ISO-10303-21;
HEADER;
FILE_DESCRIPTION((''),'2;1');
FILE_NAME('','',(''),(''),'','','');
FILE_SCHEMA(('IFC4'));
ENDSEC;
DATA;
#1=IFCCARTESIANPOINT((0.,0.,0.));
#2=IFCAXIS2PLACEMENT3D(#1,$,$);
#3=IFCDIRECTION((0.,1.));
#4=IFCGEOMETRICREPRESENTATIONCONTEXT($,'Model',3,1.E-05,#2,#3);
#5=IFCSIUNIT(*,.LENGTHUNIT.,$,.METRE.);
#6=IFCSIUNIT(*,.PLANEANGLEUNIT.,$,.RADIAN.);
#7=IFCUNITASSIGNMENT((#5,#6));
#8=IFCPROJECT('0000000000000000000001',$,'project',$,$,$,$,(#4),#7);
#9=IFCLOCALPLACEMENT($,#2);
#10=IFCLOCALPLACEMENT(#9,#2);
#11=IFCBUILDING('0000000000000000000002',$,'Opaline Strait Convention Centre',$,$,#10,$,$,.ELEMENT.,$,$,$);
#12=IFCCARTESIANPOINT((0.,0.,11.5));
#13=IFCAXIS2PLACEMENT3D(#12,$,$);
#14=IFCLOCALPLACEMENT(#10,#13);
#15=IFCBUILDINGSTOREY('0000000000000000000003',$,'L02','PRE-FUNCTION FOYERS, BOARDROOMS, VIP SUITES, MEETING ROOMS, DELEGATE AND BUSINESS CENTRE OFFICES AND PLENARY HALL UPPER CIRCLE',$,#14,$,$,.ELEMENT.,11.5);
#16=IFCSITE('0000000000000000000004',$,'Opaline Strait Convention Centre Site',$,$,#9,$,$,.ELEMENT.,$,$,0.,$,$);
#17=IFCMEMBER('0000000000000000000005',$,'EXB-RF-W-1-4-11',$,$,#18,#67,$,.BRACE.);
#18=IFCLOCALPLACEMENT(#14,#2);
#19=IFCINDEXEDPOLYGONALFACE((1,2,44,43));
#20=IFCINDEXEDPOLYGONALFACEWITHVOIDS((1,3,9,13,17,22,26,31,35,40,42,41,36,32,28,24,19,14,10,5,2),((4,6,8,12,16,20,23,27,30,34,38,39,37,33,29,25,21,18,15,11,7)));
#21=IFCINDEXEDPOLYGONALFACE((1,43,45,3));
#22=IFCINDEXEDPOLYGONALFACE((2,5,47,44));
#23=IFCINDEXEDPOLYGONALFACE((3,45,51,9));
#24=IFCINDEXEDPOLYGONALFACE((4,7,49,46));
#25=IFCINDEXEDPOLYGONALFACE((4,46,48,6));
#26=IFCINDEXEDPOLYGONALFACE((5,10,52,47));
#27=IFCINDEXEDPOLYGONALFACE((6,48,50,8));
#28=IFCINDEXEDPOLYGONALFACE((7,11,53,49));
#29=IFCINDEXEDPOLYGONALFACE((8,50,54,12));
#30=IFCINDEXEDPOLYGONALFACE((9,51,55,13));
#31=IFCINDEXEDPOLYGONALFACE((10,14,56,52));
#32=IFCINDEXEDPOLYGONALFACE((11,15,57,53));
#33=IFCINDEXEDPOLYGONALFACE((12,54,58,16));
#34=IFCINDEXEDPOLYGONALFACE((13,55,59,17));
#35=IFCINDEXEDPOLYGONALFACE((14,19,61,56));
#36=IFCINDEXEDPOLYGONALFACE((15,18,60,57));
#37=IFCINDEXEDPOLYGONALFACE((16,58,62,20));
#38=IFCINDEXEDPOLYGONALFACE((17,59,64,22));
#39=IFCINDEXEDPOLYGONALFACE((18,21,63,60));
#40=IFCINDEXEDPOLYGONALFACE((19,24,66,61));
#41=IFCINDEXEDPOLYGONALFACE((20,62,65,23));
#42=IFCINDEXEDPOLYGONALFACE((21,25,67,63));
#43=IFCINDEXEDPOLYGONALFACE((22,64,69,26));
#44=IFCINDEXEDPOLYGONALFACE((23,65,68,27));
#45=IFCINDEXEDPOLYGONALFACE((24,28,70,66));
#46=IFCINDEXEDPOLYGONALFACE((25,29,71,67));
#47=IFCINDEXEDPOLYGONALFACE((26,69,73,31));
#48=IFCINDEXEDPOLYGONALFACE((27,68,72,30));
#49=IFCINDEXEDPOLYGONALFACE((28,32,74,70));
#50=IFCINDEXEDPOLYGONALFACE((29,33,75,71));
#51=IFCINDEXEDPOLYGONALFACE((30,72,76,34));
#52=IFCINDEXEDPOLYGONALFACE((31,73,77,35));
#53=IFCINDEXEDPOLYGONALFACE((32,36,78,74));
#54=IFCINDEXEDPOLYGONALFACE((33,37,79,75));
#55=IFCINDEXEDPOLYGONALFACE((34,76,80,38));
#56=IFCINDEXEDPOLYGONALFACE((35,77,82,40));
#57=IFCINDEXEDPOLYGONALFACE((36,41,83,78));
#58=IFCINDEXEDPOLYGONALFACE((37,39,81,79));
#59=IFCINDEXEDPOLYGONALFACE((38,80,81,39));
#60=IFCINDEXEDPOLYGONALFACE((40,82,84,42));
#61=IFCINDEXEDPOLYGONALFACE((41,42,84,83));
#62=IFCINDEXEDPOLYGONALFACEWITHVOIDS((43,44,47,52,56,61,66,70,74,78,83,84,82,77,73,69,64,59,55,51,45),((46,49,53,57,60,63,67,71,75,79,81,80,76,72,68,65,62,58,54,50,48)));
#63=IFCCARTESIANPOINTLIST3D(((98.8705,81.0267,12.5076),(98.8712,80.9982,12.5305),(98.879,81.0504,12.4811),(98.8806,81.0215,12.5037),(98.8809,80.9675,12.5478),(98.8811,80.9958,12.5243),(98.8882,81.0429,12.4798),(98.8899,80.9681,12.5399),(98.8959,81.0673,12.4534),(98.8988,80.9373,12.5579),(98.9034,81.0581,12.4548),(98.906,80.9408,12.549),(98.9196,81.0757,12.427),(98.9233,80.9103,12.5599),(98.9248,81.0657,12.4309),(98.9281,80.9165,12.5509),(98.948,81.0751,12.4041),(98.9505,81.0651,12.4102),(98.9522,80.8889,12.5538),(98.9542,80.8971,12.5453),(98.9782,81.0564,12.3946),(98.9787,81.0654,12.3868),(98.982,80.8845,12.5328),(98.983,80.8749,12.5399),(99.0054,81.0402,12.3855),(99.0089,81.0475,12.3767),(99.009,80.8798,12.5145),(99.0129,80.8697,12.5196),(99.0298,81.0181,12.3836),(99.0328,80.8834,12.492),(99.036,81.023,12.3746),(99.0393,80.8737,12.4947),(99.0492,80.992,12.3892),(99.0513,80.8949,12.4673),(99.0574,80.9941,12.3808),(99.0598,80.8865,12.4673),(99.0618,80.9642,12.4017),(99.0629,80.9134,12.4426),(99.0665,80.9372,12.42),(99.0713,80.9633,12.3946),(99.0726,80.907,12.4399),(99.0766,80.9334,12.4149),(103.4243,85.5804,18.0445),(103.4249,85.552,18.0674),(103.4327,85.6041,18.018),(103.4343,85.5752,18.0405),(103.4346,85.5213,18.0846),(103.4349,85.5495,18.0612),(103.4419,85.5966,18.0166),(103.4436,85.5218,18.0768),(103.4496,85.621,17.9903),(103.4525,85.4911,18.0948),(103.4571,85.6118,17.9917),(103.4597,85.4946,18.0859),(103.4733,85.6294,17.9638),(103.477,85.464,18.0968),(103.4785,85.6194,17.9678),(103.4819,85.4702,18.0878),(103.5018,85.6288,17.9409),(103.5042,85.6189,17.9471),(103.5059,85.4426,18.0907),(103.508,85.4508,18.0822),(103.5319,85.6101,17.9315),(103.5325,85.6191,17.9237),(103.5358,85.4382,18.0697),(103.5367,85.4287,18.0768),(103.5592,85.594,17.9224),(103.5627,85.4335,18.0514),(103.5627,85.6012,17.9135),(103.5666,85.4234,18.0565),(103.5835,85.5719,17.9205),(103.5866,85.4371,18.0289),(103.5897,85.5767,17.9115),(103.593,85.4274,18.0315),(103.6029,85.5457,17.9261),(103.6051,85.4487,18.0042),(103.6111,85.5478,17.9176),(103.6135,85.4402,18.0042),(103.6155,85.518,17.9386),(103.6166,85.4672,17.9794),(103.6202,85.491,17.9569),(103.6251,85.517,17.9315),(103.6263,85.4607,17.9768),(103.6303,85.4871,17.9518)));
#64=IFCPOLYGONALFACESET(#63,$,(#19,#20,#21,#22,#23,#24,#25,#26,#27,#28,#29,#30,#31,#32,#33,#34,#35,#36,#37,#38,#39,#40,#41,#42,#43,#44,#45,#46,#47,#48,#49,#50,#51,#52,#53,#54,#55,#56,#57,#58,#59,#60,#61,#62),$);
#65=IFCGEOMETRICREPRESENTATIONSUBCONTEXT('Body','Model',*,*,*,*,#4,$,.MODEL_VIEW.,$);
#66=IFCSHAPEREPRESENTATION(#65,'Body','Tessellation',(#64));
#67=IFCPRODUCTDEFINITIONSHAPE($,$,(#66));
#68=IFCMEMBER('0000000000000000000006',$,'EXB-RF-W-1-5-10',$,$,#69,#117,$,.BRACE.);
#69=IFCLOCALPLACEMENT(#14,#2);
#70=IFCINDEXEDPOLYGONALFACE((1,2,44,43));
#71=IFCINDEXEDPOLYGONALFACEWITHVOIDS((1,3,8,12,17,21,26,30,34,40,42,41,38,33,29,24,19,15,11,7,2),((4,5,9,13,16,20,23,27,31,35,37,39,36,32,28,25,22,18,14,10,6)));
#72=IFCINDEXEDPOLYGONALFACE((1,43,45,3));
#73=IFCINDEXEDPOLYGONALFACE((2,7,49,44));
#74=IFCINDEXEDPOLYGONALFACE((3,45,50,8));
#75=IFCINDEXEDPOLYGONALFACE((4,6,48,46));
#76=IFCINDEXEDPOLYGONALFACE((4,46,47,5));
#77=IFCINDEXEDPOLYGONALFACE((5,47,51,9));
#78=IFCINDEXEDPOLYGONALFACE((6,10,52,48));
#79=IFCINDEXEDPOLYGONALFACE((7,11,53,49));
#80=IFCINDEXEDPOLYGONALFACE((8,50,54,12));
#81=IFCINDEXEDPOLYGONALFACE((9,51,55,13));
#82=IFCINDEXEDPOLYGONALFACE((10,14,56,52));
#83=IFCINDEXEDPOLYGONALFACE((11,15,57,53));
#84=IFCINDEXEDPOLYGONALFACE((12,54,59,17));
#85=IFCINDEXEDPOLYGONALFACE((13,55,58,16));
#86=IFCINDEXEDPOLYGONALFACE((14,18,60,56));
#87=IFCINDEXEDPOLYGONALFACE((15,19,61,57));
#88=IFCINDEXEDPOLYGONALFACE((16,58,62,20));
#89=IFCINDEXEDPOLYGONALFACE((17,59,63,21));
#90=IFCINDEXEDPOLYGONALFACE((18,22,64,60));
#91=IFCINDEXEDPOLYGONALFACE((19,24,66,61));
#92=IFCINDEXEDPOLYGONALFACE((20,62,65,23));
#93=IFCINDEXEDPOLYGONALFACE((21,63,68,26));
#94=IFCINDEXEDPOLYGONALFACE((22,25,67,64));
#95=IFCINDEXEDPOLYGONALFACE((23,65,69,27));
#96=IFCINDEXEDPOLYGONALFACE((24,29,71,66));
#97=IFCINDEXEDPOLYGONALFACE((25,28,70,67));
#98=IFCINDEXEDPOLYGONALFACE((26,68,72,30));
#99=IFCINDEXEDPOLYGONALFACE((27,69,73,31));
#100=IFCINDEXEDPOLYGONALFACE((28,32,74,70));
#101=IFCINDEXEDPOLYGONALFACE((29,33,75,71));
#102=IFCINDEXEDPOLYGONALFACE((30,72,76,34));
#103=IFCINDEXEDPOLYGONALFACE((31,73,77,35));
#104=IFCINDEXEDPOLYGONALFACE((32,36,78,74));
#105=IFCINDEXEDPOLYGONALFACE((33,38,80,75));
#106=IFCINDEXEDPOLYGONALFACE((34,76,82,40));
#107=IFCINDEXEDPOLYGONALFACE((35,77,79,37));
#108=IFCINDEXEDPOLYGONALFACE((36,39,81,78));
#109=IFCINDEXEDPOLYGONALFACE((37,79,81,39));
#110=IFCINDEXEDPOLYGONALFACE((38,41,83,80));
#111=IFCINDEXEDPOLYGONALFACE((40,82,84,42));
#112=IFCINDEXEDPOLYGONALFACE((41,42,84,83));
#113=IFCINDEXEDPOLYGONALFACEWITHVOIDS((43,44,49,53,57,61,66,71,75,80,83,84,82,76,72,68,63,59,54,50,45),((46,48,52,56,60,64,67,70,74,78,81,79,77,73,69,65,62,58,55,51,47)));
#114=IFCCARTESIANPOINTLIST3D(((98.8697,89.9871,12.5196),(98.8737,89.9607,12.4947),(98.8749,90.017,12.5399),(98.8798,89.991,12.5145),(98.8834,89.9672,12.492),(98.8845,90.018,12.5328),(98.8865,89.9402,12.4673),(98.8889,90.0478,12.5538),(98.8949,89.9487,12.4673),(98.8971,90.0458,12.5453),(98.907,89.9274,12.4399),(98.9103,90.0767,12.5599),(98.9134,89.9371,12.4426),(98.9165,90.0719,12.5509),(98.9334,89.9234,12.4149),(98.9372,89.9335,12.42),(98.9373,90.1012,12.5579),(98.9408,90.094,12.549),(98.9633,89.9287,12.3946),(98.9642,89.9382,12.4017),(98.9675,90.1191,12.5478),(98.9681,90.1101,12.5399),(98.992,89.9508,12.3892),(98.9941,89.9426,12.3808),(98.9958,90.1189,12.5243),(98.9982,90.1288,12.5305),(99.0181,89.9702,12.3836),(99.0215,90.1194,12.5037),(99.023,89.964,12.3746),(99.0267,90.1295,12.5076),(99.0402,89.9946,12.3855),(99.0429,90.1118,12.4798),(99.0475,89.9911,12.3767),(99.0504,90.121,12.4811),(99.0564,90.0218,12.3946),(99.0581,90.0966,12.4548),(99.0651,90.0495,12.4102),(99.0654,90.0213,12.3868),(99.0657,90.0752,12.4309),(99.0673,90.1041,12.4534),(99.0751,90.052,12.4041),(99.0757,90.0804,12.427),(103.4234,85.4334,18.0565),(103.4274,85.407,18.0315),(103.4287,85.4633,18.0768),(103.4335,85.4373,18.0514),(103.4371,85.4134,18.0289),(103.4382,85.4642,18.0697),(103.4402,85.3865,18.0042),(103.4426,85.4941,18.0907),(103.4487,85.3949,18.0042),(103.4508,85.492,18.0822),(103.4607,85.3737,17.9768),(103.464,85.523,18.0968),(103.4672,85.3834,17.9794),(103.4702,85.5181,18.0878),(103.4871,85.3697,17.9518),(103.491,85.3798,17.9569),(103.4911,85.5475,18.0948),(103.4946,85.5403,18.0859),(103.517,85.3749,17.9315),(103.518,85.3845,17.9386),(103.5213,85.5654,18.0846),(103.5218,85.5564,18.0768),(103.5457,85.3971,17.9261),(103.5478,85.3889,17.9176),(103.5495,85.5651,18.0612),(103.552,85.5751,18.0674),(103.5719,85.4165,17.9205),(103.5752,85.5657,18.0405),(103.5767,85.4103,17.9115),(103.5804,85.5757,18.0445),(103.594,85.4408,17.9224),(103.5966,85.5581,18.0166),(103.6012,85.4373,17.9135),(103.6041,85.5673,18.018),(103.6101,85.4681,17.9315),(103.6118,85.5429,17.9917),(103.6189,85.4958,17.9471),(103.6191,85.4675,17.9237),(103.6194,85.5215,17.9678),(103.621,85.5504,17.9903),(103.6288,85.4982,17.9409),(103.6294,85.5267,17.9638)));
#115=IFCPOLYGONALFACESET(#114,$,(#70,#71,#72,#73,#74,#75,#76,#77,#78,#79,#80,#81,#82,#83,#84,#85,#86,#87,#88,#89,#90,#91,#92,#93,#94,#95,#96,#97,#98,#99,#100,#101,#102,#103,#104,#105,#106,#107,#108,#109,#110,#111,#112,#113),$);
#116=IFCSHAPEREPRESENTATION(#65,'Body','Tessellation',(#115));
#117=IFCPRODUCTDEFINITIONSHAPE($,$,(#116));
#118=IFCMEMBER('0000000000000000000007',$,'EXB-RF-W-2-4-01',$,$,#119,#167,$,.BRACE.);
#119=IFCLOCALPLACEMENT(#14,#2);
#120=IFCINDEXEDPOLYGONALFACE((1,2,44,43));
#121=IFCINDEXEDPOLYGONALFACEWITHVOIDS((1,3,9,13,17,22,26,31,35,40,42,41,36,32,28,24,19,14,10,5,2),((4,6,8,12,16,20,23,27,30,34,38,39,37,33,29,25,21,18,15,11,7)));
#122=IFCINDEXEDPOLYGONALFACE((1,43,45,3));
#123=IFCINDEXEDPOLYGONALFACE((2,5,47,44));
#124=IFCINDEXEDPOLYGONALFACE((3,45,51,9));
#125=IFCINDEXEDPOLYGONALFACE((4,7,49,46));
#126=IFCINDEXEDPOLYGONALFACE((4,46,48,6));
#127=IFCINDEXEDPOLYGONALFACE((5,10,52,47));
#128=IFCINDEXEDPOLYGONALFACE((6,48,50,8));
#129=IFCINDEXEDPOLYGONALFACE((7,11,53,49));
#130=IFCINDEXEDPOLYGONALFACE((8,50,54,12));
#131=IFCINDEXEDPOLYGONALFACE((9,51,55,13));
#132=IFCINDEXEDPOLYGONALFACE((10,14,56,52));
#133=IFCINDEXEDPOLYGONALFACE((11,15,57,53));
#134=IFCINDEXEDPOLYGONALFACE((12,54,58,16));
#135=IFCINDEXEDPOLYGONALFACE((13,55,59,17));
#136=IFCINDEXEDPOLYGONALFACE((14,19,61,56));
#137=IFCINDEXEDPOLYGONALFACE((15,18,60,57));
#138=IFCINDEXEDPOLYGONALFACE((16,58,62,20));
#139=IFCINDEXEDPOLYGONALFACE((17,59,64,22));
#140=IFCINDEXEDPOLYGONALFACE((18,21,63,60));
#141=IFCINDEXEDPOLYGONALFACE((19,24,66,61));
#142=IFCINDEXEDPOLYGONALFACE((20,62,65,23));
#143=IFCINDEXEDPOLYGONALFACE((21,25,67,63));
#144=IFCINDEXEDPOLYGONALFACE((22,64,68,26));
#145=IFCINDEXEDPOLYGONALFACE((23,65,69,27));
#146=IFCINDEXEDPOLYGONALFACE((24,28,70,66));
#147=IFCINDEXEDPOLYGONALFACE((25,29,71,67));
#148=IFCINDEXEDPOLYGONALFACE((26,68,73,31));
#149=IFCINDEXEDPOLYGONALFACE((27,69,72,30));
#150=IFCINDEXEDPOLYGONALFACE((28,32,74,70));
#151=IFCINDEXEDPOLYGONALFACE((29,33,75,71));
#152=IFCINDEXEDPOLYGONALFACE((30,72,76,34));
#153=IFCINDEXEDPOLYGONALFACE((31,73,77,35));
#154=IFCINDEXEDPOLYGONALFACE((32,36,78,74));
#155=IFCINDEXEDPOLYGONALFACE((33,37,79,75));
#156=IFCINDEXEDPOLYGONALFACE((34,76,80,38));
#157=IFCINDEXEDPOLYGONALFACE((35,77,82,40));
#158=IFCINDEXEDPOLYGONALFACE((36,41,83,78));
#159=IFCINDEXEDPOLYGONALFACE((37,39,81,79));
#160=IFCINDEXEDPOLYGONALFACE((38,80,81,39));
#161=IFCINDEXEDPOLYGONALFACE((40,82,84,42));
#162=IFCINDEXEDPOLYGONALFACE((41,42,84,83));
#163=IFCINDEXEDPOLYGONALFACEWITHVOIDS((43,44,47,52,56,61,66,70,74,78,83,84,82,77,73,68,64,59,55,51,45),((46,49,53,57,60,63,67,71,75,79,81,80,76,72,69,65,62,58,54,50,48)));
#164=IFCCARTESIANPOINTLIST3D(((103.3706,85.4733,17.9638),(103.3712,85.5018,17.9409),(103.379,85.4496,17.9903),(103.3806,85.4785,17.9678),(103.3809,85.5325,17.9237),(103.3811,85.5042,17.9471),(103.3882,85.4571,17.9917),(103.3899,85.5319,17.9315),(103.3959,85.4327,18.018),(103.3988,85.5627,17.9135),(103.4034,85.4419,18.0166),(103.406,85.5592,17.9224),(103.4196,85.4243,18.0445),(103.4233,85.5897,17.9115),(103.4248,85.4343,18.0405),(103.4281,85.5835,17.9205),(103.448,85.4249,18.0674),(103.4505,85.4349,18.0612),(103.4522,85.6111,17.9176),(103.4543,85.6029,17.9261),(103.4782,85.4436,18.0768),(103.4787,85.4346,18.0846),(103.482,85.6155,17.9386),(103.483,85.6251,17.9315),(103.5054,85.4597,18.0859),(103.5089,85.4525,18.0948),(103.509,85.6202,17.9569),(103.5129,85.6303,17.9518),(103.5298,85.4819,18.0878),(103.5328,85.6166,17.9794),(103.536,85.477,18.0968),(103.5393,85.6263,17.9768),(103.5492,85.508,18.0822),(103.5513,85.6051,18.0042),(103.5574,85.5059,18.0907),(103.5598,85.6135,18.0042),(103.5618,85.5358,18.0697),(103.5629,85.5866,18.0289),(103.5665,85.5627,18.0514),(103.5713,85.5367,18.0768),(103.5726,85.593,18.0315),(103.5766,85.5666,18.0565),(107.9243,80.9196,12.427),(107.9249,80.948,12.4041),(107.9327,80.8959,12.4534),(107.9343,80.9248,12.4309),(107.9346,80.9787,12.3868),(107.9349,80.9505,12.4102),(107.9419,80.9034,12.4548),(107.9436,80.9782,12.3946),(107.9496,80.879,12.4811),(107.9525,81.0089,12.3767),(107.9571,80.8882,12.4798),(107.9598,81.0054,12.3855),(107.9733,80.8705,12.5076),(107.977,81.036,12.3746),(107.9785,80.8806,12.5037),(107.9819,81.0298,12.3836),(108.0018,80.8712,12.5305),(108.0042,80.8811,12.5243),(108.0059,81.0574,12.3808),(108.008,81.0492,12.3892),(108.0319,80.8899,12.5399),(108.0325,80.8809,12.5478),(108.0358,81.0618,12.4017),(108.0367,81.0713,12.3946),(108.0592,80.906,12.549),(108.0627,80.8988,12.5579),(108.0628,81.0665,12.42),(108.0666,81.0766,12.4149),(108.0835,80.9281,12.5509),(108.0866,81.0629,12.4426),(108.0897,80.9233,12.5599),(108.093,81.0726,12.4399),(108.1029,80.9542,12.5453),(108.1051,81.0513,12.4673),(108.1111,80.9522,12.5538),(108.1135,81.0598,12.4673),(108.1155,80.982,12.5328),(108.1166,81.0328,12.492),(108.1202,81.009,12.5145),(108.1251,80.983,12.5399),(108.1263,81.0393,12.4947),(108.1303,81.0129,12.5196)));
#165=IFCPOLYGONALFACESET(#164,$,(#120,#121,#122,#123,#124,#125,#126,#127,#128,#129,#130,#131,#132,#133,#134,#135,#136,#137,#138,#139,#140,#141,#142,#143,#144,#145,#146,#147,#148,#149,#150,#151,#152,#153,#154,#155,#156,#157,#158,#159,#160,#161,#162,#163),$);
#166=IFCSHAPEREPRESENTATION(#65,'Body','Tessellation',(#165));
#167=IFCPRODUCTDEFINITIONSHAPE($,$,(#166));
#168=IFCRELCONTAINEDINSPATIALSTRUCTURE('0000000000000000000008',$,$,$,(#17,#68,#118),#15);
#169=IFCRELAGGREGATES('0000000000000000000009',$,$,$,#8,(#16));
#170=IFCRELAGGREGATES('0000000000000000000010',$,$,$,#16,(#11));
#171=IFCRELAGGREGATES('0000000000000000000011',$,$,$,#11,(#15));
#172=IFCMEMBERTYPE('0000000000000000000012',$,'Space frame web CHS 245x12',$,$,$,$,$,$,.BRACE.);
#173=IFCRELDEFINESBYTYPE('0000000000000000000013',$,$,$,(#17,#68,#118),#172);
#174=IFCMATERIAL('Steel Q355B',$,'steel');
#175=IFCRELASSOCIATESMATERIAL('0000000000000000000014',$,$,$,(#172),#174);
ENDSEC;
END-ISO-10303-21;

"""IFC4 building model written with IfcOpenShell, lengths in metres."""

from ifc_helpers import new_model, si_unit, direction, frame, origin, origin_2d, place, context, subcontext, project, spatial, hollow_circle, extrude, material, material_profile, profile_set, type_object, element, save


model = new_model("IFC4")

# Units and contexts
model_context = context("Model", 3, precision=1e-05, world=origin(), true_north=direction((0.0, 1.0)))
body_context = subcontext(model_context, "Body", "Model", "MODEL_VIEW")
ifc_project = project(units=[si_unit("LENGTHUNIT", "METRE"), si_unit("PLANEANGLEUNIT", "RADIAN")], contexts=[model_context])

# Site, building, storey
site_placement = place(None, origin())
site = spatial("IfcSite", under=ifc_project, at=site_placement, Name="Opaline Strait Convention Centre Site", CompositionType="ELEMENT", RefElevation=0.0)
building_placement = place(site_placement, origin())
building = spatial("IfcBuilding", under=site, at=building_placement, Name="Opaline Strait Convention Centre", CompositionType="ELEMENT")
storey_placement = place(building_placement, frame((0.0, 0.0, 11.5)))
storey = spatial("IfcBuildingStorey", under=building, at=storey_placement, Name="L02", Description="PRE-FUNCTION FOYERS, BOARDROOMS, VIP SUITES, MEETING ROOMS, DELEGATE AND BUSINESS CENTRE OFFICES AND PLENARY HALL UPPER CIRCLE", CompositionType="ELEMENT", Elevation=11.5)

# Shared definitions
ifc_material_1 = material(Name="Steel Q355B", Category="steel")

# Members
ifc_material_profile_1 = material_profile(ifc_material_1, hollow_circle(Radius=0.1226, WallThickness=0.012, at=origin_2d()), Name="CHS 245x12")
ifc_profile_set_1 = profile_set([ifc_material_profile_1], Name="Steel Q355B")
member_type_1 = type_object("IfcMemberType", Name="Space frame web CHS 245x12", PredefinedType="BRACE", material=ifc_profile_set_1)
for number, where, z_axis, x_axis, name in (
    (1, (103.5269, 85.5269, 18.0042), (-0.536178, -0.536178, -0.65194), (0.707107, -0.707107, 0.0), "EXB-RF-W-1-4-11"),
    (2, (103.5269, 85.4731, 18.0042), (-0.536178, 0.536178, -0.65194), (-0.707107, -0.707107, 0.0), "EXB-RF-W-1-5-10"),
    (3, (103.4731, 85.5269, 18.0042), (0.536178, -0.536178, -0.65194), (0.707107, 0.707107, 0.0), "EXB-RF-W-2-4-01"),
):
    element("IfcMember", number, at=place(storey_placement, frame(where, z_axis=z_axis, x_axis=x_axis)), inside=storey, type_object=member_type_1, Name=name, PredefinedType="BRACE", context=body_context, shape_type="SweptSolid", body=[
        extrude(hollow_circle(Radius=0.1226, WallThickness=0.012, at=origin_2d()), origin(), (0.0, 0.0, 1.0), 8.4929),
    ])

save(model, "model.ifc")
